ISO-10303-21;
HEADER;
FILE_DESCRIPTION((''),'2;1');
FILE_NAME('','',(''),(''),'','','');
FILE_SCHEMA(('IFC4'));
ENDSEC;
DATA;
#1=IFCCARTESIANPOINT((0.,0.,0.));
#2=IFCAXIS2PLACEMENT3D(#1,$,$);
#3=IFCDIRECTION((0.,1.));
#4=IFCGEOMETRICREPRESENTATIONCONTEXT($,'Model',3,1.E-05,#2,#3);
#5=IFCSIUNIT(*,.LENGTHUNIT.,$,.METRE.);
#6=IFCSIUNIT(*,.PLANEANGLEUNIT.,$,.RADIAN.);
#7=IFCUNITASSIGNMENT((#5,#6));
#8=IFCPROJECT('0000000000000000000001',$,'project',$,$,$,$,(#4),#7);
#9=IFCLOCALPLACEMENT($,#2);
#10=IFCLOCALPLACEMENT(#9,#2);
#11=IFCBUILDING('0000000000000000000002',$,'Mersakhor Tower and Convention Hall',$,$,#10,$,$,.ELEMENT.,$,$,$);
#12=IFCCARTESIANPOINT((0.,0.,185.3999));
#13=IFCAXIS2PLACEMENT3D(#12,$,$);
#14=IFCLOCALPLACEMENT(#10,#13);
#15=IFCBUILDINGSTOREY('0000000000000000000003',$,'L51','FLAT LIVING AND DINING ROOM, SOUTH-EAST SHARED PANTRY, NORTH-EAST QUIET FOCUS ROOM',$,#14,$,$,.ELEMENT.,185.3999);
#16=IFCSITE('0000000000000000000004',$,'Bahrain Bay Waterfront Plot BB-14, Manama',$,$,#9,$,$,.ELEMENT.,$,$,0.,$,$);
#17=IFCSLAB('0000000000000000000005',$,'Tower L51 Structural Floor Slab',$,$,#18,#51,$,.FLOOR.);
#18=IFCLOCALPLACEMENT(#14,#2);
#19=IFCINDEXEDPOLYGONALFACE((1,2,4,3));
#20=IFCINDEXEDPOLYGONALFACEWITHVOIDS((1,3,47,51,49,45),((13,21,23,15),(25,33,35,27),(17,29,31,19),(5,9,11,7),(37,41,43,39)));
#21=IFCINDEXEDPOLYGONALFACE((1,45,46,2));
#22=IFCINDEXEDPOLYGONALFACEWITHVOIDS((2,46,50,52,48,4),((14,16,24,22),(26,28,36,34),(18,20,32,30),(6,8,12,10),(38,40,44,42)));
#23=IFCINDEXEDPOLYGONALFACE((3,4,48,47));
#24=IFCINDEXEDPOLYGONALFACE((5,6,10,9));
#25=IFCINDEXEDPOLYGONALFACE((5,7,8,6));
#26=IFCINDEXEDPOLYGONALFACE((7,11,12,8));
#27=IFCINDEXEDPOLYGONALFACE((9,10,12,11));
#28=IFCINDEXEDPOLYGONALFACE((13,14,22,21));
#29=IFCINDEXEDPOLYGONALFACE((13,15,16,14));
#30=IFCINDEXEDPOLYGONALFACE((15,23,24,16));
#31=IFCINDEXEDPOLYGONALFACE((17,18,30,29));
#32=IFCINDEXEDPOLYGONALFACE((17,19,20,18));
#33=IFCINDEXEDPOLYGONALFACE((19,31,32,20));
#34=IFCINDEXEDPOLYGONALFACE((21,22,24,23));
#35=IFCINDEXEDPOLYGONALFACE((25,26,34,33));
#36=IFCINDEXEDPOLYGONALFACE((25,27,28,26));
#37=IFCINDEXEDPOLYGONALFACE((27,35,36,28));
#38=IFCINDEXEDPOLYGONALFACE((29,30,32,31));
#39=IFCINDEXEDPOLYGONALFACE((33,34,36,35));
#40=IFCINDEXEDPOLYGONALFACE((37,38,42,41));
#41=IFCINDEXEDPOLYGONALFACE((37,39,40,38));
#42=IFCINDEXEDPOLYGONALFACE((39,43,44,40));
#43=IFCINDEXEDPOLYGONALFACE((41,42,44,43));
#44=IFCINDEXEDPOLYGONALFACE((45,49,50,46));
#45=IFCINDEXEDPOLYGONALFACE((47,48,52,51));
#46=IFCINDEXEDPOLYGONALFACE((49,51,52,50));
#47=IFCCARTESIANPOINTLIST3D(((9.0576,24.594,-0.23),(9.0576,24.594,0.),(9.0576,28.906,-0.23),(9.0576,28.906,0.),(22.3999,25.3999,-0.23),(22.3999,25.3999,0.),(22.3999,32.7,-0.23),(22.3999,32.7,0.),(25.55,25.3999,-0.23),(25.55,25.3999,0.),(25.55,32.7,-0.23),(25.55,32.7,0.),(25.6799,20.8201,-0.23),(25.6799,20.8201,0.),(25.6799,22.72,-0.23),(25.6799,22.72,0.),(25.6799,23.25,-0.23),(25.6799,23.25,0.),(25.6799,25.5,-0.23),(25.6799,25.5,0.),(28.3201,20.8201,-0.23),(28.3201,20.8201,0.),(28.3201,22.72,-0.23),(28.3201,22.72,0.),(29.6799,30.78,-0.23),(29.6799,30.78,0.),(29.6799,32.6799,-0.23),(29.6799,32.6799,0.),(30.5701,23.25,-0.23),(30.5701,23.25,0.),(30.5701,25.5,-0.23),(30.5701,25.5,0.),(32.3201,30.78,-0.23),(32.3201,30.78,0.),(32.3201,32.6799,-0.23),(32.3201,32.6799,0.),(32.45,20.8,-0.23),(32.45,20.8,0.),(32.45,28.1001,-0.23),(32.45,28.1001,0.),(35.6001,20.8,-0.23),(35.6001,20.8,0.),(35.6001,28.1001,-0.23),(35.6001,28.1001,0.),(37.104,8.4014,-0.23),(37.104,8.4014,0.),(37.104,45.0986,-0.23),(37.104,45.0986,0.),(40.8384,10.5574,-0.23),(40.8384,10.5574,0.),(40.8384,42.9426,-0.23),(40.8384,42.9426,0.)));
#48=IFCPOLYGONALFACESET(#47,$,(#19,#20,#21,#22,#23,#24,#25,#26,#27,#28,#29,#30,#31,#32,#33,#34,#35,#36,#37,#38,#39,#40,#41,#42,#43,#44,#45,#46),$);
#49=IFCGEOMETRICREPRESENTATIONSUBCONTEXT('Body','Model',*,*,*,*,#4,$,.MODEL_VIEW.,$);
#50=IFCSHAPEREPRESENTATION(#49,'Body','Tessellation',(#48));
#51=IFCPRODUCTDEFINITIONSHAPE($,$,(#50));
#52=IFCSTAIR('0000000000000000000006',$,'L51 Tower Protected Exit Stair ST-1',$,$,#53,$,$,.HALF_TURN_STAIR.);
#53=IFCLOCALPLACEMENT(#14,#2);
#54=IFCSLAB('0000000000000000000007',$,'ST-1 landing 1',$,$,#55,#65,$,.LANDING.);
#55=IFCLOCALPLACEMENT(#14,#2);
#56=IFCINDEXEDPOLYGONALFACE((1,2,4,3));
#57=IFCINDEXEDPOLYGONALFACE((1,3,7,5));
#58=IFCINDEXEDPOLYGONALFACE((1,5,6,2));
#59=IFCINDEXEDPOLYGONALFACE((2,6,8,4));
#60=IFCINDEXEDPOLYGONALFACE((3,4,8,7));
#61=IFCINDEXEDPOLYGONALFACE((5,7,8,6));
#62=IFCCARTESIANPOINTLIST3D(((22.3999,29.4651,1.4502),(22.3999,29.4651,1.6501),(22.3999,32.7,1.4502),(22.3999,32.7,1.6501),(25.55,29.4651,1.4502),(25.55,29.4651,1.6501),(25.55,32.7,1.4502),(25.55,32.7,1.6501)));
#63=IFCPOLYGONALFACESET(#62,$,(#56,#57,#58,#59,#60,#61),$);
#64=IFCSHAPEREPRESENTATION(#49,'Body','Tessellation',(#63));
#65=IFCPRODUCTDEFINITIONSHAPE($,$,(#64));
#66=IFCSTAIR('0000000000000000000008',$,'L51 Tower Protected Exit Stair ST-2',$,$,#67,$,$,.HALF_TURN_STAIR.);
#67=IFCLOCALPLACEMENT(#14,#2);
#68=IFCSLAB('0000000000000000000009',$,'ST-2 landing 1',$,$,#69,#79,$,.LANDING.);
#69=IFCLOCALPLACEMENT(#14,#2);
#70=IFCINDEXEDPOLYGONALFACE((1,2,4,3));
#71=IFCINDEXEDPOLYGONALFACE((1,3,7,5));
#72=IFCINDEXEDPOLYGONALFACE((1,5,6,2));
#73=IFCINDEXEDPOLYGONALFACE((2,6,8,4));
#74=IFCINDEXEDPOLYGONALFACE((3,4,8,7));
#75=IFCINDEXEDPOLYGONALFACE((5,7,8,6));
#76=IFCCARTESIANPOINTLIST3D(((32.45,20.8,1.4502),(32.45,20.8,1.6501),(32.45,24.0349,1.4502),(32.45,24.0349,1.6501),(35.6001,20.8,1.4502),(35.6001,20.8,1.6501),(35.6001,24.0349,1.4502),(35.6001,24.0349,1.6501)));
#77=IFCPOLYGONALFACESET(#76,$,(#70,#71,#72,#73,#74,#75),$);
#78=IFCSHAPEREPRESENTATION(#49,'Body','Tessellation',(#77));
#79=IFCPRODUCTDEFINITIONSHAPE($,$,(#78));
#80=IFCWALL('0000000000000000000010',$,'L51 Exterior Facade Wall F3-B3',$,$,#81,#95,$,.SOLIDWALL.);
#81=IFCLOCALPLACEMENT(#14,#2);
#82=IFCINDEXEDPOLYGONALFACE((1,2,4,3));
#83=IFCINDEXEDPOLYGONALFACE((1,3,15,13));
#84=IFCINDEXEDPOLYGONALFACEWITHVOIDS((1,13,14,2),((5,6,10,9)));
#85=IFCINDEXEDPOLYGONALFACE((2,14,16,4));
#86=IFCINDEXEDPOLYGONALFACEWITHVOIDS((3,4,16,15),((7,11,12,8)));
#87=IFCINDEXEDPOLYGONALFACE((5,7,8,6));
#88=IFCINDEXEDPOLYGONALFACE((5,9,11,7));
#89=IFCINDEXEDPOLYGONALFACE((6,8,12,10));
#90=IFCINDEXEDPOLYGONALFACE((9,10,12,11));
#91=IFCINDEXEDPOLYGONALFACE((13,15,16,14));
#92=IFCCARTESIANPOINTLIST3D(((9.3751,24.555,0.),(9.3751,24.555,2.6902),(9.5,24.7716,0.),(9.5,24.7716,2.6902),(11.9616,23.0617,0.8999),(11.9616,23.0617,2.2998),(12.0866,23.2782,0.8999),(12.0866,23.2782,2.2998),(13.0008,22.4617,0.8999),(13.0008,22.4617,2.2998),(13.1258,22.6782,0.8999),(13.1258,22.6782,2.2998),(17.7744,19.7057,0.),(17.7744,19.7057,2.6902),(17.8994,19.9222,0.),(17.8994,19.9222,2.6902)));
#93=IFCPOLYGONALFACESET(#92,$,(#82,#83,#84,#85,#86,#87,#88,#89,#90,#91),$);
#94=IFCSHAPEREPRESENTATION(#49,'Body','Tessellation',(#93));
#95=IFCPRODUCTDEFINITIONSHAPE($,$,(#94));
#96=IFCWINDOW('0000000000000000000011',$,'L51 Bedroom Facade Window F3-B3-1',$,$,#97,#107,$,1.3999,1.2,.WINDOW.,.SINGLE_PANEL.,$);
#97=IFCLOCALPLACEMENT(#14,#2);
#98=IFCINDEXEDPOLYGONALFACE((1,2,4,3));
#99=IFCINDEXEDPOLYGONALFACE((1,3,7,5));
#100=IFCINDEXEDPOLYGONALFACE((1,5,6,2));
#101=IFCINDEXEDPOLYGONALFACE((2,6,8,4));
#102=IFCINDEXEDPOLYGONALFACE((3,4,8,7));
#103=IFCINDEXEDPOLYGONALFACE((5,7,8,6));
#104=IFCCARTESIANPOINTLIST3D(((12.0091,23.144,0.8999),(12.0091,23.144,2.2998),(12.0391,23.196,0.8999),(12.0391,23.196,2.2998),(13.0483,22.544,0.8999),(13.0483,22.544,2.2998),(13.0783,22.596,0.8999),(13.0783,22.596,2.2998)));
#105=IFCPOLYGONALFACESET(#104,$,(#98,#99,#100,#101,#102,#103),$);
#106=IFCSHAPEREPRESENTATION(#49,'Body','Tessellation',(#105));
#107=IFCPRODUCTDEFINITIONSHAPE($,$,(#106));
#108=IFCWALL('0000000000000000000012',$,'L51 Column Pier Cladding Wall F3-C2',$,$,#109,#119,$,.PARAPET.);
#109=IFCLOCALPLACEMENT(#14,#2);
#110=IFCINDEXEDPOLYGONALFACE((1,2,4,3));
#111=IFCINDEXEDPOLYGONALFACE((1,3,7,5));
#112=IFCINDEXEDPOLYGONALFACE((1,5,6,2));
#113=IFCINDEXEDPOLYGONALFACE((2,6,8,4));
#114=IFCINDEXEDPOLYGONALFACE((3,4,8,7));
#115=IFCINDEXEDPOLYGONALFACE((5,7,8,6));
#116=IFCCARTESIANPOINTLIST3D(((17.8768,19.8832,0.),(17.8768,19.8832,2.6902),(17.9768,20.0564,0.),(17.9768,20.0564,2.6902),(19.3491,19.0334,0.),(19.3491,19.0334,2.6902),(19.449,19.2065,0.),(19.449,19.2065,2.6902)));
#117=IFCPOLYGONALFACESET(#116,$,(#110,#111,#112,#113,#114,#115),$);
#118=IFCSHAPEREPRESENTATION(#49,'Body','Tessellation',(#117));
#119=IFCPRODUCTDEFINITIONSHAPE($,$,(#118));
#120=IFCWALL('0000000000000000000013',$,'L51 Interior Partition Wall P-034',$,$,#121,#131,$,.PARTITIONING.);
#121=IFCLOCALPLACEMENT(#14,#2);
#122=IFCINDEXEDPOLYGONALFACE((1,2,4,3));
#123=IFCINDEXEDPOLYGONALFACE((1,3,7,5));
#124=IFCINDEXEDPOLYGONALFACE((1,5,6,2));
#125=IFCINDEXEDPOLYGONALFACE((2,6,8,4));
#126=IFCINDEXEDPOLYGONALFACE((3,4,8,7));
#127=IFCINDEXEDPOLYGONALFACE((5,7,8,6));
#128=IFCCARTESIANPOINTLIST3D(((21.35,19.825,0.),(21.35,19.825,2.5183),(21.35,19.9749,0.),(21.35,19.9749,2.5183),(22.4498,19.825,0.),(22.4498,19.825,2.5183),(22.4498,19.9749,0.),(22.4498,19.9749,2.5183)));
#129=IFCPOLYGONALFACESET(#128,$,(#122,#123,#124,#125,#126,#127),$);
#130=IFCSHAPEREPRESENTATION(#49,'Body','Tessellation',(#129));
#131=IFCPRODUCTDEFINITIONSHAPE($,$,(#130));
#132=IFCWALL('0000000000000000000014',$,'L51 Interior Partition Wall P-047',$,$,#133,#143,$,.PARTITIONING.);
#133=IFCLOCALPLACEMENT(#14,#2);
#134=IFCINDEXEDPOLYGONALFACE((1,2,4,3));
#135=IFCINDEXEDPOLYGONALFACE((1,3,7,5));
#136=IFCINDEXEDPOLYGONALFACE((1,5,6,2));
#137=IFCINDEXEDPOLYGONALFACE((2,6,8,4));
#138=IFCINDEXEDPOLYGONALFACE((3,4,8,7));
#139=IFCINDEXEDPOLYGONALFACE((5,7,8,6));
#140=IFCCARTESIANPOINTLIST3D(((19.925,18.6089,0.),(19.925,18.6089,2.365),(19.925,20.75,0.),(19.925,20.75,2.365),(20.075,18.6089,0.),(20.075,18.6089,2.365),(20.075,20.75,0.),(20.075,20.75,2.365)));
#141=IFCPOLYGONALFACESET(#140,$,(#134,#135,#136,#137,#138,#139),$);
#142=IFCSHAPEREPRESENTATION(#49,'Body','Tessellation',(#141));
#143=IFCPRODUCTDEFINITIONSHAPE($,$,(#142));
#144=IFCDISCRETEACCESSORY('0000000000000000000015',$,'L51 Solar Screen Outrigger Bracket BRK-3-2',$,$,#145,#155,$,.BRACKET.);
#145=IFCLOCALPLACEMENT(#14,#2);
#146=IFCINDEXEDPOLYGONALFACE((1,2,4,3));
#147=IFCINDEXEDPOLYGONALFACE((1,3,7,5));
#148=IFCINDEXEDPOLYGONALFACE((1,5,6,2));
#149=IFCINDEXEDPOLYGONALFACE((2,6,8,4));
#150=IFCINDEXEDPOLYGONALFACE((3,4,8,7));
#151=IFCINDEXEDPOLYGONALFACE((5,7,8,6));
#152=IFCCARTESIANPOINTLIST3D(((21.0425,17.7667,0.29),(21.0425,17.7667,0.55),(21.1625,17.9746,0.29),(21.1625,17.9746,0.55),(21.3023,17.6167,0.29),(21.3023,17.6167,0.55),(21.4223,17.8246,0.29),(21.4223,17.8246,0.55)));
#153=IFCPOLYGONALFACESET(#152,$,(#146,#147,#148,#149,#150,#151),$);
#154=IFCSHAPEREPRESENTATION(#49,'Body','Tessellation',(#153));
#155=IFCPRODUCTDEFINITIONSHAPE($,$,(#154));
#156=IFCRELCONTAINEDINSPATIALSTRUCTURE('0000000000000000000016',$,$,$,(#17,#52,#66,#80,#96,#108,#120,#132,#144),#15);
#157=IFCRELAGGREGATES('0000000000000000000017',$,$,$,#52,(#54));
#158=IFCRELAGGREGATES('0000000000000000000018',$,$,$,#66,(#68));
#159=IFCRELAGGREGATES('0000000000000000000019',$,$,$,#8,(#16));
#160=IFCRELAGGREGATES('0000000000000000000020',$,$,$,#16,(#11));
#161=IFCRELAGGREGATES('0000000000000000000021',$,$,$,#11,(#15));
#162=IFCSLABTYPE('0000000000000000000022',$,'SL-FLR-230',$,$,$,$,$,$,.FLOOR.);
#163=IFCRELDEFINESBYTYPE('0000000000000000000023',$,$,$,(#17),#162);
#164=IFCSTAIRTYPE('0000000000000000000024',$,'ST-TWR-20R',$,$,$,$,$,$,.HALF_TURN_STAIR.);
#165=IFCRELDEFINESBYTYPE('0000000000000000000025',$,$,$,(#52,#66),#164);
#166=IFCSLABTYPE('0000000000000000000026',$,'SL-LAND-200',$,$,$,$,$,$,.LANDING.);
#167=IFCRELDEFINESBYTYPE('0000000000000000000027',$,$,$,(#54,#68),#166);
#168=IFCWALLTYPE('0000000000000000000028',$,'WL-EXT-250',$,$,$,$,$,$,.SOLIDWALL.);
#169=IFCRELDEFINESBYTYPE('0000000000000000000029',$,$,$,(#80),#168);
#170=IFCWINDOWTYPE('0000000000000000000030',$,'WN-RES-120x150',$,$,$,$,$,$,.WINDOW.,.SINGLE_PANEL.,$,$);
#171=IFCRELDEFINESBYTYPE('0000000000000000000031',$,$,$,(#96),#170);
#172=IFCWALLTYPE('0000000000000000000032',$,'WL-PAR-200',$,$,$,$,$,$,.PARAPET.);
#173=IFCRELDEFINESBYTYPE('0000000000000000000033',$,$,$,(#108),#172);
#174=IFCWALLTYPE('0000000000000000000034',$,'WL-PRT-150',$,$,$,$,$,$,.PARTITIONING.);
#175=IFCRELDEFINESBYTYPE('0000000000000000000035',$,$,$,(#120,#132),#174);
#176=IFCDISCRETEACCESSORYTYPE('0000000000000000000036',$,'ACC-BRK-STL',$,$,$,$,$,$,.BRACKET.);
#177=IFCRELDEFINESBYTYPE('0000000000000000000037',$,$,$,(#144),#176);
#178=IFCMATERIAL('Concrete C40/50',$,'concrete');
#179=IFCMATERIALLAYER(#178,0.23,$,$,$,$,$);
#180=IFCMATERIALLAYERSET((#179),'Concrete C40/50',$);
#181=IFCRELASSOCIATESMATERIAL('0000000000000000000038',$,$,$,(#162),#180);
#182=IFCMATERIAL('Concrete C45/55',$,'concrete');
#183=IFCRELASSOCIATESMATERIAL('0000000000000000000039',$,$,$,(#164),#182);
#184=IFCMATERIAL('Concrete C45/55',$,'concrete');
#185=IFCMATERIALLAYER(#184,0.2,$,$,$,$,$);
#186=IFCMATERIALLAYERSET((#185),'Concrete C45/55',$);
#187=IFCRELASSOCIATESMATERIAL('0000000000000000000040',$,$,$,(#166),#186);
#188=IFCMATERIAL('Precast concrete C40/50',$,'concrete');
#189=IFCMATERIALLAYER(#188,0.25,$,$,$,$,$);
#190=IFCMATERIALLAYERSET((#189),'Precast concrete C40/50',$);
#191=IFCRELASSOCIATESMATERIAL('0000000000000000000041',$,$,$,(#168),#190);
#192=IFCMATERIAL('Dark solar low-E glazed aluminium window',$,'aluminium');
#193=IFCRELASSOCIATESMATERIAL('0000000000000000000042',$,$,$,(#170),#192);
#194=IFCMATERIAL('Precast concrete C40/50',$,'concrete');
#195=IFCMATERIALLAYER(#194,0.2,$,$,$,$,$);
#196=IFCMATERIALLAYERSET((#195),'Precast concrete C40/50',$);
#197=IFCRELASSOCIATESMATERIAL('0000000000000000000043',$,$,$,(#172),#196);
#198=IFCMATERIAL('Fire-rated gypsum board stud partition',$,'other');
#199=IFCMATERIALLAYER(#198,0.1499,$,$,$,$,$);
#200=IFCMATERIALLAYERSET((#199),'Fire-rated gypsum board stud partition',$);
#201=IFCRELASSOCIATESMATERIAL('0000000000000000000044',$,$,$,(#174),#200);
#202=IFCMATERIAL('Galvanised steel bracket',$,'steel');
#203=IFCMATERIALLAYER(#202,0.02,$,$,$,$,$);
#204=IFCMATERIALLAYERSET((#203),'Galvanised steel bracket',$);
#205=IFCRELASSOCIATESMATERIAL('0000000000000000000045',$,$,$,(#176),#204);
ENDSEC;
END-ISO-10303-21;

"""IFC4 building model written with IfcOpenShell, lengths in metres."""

from ifc_helpers import new_model, si_unit, direction, frame, frame_2d, origin, origin_2d, place, context, subcontext, project, spatial, polyline, rectangle, outline, extrude, material, layer, layer_set, type_object, element, fill, aggregate, save


model = new_model("IFC4")

# Units and contexts
model_context = context("Model", 3, precision=1e-05, world=origin(), true_north=direction((0.0, 1.0)))
body_context = subcontext(model_context, "Body", "Model", "MODEL_VIEW")
ifc_project = project(units=[si_unit("LENGTHUNIT", "METRE"), si_unit("PLANEANGLEUNIT", "RADIAN")], contexts=[model_context])

# Site, building, storey
site_placement = place(None, origin())
site = spatial("IfcSite", under=ifc_project, at=site_placement, Name="Bahrain Bay Waterfront Plot BB-14, Manama", CompositionType="ELEMENT", RefElevation=0.0)
building_placement = place(site_placement, origin())
building = spatial("IfcBuilding", under=site, at=building_placement, Name="Mersakhor Tower and Convention Hall", CompositionType="ELEMENT")
storey_placement = place(building_placement, frame((0.0, 0.0, 185.3999)))
storey = spatial("IfcBuildingStorey", under=building, at=storey_placement, Name="L51", Description="FLAT LIVING AND DINING ROOM, SOUTH-EAST SHARED PANTRY, NORTH-EAST QUIET FOCUS ROOM", CompositionType="ELEMENT", Elevation=185.3999)

# Slab
ifc_material_1 = material(Name="Concrete C40/50", Category="concrete")
ifc_layer_1 = layer(ifc_material_1, 0.23)
ifc_layer_set_1 = layer_set([ifc_layer_1], Name="Concrete C40/50")
slab_type_1 = type_object("IfcSlabType", Name="SL-FLR-230", PredefinedType="FLOOR", material=ifc_layer_set_1)
slab_1_placement = place(storey_placement, frame((0.0, 0.0, -0.23)))
element("IfcSlab", 1, at=slab_1_placement, inside=storey, type_object=slab_type_1, Name="Tower L51 Structural Floor Slab", PredefinedType="FLOOR", context=body_context, shape_type="SweptSolid", body=[
    extrude(outline(polyline([(9.0576, 28.906), (37.104, 45.0986), (40.8384, 42.9426), (40.8384, 10.5574), (37.104, 8.4014), (9.0576, 24.594), (9.0576, 28.906)]), holes=[polyline([(25.55, 25.3999), (25.55, 32.7), (22.3999, 32.7), (22.3999, 25.3999), (25.55, 25.3999)]), polyline([(32.45, 28.1001), (32.45, 20.8), (35.6001, 20.8), (35.6001, 28.1001), (32.45, 28.1001)]), polyline([(25.6799, 20.8201), (25.6799, 22.72), (28.3201, 22.72), (28.3201, 20.8201), (25.6799, 20.8201)]), polyline([(29.6799, 30.78), (29.6799, 32.6799), (32.3201, 32.6799), (32.3201, 30.78), (29.6799, 30.78)]), polyline([(25.6799, 23.25), (25.6799, 25.5), (30.5701, 25.5), (30.5701, 23.25), (25.6799, 23.25)])]), origin(), (0.0, 0.0, 1.0), 0.23),
])

# Stairs, slabs
ifc_material_2 = material(Name="Concrete C45/55", Category="concrete")
stair_type = type_object("IfcStairType", Name="ST-TWR-20R", PredefinedType="HALF_TURN_STAIR", material=ifc_material_2)
stair_1_placement = place(storey_placement, origin())
stair_1 = element("IfcStair", 2, at=stair_1_placement, inside=storey, type_object=stair_type, Name="L51 Tower Protected Exit Stair ST-1", PredefinedType="HALF_TURN_STAIR")
ifc_material_3 = material(Name="Concrete C45/55", Category="concrete")
ifc_layer_2 = layer(ifc_material_3, 0.2)
ifc_layer_set_2 = layer_set([ifc_layer_2], Name="Concrete C45/55")
slab_type_2 = type_object("IfcSlabType", Name="SL-LAND-200", PredefinedType="LANDING", material=ifc_layer_set_2)
slab_2_placement = place(storey_placement, frame((0.0, 0.0, 1.4502)))
slab_2 = element("IfcSlab", 3, at=slab_2_placement, type_object=slab_type_2, Name="ST-1 landing 1", PredefinedType="LANDING", context=body_context, shape_type="SweptSolid", body=[
    extrude(outline(polyline([(25.55, 29.4651), (25.55, 32.7), (22.3999, 32.7), (22.3999, 29.4651), (25.55, 29.4651)])), origin(), (0.0, 0.0, 1.0), 0.2),
])
aggregate(stair_1, [slab_2])
stair_2_placement = place(storey_placement, origin())
stair_2 = element("IfcStair", 4, at=stair_2_placement, inside=storey, type_object=stair_type, Name="L51 Tower Protected Exit Stair ST-2", PredefinedType="HALF_TURN_STAIR")
slab_3_placement = place(storey_placement, frame((0.0, 0.0, 1.4502)))
slab_3 = element("IfcSlab", 5, at=slab_3_placement, type_object=slab_type_2, Name="ST-2 landing 1", PredefinedType="LANDING", context=body_context, shape_type="SweptSolid", body=[
    extrude(outline(polyline([(32.45, 24.0349), (32.45, 20.8), (35.6001, 20.8), (35.6001, 24.0349), (32.45, 24.0349)])), origin(), (0.0, 0.0, 1.0), 0.2),
])
aggregate(stair_2, [slab_3])

# Wall, opening, window
ifc_material_4 = material(Name="Precast concrete C40/50", Category="concrete")
ifc_layer_3 = layer(ifc_material_4, 0.25)
ifc_layer_set_3 = layer_set([ifc_layer_3], Name="Precast concrete C40/50")
wall_type_1 = type_object("IfcWallType", Name="WL-EXT-250", PredefinedType="SOLIDWALL", material=ifc_layer_set_3)
wall_1_placement = place(storey_placement, frame((17.8369, 19.814, 0.0), z_axis=(0.0, 0.0, 1.0), x_axis=(-0.866027, 0.499997, 0.0)))
wall_1 = element("IfcWall", 6, at=wall_1_placement, inside=storey, type_object=wall_type_1, Name="L51 Exterior Facade Wall F3-B3", PredefinedType="SOLIDWALL", context=body_context, shape_type="SweptSolid", body=[
    extrude(rectangle(XDim=9.6987, YDim=0.25, at=frame_2d((4.8494, 0.0))), origin(), (0.0, 0.0, 1.0), 2.6902),
])
opening_placement = place(wall_1_placement, frame((5.512, 0.0, 0.8999)))
opening = element("IfcOpeningElement", 7, at=opening_placement, cuts=wall_1, PredefinedType="OPENING", context=body_context, shape_type="SweptSolid", body=[
    extrude(rectangle(XDim=1.2, YDim=1.3999, at=frame_2d((0.6001, 0.7))), frame((0.0, 0.135, 0.0), z_axis=(0.0, -1.0, 0.0), x_axis=(1.0, 0.0, 0.0)), (0.0, 0.0, 1.0), 0.27),
])
ifc_material_5 = material(Name="Dark solar low-E glazed aluminium window", Category="aluminium")
window_type = type_object("IfcWindowType", Name="WN-RES-120x150", PartitioningType="SINGLE_PANEL", PredefinedType="WINDOW", material=ifc_material_5)
window_placement = place(opening_placement, origin())
window = element("IfcWindow", 8, at=window_placement, inside=storey, type_object=window_type, Name="L51 Bedroom Facade Window F3-B3-1", OverallHeight=1.3999, OverallWidth=1.2, PartitioningType="SINGLE_PANEL", PredefinedType="WINDOW", context=body_context, shape_type="SweptSolid", body=[
    extrude(rectangle(XDim=1.2, YDim=1.3999, at=frame_2d((0.6001, 0.7))), frame((0.0, 0.03, 0.0), z_axis=(0.0, -1.0, 0.0), x_axis=(1.0, 0.0, 0.0)), (0.0, 0.0, 1.0), 0.0601),
])
fill(opening, window)

# Walls
ifc_material_6 = material(Name="Precast concrete C40/50", Category="concrete")
ifc_layer_4 = layer(ifc_material_6, 0.2)
ifc_layer_set_4 = layer_set([ifc_layer_4], Name="Precast concrete C40/50")
wall_type_2 = type_object("IfcWallType", Name="WL-PAR-200", PredefinedType="PARAPET", material=ifc_layer_set_4)
wall_2_placement = place(storey_placement, frame((19.3992, 19.1199, 0.0), z_axis=(0.0, 0.0, 1.0), x_axis=(-0.866052, 0.499955, 0.0)))
element("IfcWall", 9, at=wall_2_placement, inside=storey, type_object=wall_type_2, Name="L51 Column Pier Cladding Wall F3-C2", PredefinedType="PARAPET", context=body_context, shape_type="SweptSolid", body=[
    extrude(rectangle(XDim=1.7, YDim=0.2, at=frame_2d((0.8501, 0.0))), origin(), (0.0, 0.0, 1.0), 2.6902),
])
ifc_material_7 = material(Name="Fire-rated gypsum board stud partition", Category="other")
ifc_layer_5 = layer(ifc_material_7, 0.1499)
ifc_layer_set_5 = layer_set([ifc_layer_5], Name="Fire-rated gypsum board stud partition")
wall_type_3 = type_object("IfcWallType", Name="WL-PRT-150", PredefinedType="PARTITIONING", material=ifc_layer_set_5)
wall_3_placement = place(storey_placement, frame((21.3501, 19.8999, 0.0), z_axis=(0.0, 0.0, 1.0), x_axis=(1.0, 0.0, 0.0)))
element("IfcWall", 10, at=wall_3_placement, inside=storey, type_object=wall_type_3, Name="L51 Interior Partition Wall P-034", PredefinedType="PARTITIONING", context=body_context, shape_type="SweptSolid", body=[
    extrude(rectangle(XDim=1.0999, YDim=0.1499, at=frame_2d((0.5498, 0.0))), origin(), (0.0, 0.0, 1.0), 2.5183),
])
wall_4_placement = place(storey_placement, frame((20.0, 18.6089, 0.0), z_axis=(0.0, 0.0, 1.0), x_axis=(0.0, 1.0, 0.0)))
element("IfcWall", 11, at=wall_4_placement, inside=storey, type_object=wall_type_3, Name="L51 Interior Partition Wall P-047", PredefinedType="PARTITIONING", context=body_context, shape_type="SweptSolid", body=[
    extrude(rectangle(XDim=2.1411, YDim=0.1499, at=frame_2d((1.0706, 0.0))), origin(), (0.0, 0.0, 1.0), 2.365),
])

# Discrete accessory
ifc_material_8 = material(Name="Galvanised steel bracket", Category="steel")
ifc_layer_6 = layer(ifc_material_8, 0.02)
ifc_layer_set_6 = layer_set([ifc_layer_6], Name="Galvanised steel bracket")
discrete_accessory_type = type_object("IfcDiscreteAccessoryType", Name="ACC-BRK-STL", PredefinedType="BRACKET", material=ifc_layer_set_6)
discrete_accessory_placement = place(storey_placement, frame((21.2324, 17.7957, 0.29), z_axis=(0.0, 0.0, 1.0), x_axis=(-0.866025, 0.5, 0.0)))
element("IfcDiscreteAccessory", 12, at=discrete_accessory_placement, inside=storey, type_object=discrete_accessory_type, Name="L51 Solar Screen Outrigger Bracket BRK-3-2", PredefinedType="BRACKET", context=body_context, shape_type="SweptSolid", body=[
    extrude(rectangle(XDim=0.3, YDim=0.24, at=origin_2d()), origin(), (0.0, 0.0, 1.0), 0.26),
])

save(model, "model.ifc")
